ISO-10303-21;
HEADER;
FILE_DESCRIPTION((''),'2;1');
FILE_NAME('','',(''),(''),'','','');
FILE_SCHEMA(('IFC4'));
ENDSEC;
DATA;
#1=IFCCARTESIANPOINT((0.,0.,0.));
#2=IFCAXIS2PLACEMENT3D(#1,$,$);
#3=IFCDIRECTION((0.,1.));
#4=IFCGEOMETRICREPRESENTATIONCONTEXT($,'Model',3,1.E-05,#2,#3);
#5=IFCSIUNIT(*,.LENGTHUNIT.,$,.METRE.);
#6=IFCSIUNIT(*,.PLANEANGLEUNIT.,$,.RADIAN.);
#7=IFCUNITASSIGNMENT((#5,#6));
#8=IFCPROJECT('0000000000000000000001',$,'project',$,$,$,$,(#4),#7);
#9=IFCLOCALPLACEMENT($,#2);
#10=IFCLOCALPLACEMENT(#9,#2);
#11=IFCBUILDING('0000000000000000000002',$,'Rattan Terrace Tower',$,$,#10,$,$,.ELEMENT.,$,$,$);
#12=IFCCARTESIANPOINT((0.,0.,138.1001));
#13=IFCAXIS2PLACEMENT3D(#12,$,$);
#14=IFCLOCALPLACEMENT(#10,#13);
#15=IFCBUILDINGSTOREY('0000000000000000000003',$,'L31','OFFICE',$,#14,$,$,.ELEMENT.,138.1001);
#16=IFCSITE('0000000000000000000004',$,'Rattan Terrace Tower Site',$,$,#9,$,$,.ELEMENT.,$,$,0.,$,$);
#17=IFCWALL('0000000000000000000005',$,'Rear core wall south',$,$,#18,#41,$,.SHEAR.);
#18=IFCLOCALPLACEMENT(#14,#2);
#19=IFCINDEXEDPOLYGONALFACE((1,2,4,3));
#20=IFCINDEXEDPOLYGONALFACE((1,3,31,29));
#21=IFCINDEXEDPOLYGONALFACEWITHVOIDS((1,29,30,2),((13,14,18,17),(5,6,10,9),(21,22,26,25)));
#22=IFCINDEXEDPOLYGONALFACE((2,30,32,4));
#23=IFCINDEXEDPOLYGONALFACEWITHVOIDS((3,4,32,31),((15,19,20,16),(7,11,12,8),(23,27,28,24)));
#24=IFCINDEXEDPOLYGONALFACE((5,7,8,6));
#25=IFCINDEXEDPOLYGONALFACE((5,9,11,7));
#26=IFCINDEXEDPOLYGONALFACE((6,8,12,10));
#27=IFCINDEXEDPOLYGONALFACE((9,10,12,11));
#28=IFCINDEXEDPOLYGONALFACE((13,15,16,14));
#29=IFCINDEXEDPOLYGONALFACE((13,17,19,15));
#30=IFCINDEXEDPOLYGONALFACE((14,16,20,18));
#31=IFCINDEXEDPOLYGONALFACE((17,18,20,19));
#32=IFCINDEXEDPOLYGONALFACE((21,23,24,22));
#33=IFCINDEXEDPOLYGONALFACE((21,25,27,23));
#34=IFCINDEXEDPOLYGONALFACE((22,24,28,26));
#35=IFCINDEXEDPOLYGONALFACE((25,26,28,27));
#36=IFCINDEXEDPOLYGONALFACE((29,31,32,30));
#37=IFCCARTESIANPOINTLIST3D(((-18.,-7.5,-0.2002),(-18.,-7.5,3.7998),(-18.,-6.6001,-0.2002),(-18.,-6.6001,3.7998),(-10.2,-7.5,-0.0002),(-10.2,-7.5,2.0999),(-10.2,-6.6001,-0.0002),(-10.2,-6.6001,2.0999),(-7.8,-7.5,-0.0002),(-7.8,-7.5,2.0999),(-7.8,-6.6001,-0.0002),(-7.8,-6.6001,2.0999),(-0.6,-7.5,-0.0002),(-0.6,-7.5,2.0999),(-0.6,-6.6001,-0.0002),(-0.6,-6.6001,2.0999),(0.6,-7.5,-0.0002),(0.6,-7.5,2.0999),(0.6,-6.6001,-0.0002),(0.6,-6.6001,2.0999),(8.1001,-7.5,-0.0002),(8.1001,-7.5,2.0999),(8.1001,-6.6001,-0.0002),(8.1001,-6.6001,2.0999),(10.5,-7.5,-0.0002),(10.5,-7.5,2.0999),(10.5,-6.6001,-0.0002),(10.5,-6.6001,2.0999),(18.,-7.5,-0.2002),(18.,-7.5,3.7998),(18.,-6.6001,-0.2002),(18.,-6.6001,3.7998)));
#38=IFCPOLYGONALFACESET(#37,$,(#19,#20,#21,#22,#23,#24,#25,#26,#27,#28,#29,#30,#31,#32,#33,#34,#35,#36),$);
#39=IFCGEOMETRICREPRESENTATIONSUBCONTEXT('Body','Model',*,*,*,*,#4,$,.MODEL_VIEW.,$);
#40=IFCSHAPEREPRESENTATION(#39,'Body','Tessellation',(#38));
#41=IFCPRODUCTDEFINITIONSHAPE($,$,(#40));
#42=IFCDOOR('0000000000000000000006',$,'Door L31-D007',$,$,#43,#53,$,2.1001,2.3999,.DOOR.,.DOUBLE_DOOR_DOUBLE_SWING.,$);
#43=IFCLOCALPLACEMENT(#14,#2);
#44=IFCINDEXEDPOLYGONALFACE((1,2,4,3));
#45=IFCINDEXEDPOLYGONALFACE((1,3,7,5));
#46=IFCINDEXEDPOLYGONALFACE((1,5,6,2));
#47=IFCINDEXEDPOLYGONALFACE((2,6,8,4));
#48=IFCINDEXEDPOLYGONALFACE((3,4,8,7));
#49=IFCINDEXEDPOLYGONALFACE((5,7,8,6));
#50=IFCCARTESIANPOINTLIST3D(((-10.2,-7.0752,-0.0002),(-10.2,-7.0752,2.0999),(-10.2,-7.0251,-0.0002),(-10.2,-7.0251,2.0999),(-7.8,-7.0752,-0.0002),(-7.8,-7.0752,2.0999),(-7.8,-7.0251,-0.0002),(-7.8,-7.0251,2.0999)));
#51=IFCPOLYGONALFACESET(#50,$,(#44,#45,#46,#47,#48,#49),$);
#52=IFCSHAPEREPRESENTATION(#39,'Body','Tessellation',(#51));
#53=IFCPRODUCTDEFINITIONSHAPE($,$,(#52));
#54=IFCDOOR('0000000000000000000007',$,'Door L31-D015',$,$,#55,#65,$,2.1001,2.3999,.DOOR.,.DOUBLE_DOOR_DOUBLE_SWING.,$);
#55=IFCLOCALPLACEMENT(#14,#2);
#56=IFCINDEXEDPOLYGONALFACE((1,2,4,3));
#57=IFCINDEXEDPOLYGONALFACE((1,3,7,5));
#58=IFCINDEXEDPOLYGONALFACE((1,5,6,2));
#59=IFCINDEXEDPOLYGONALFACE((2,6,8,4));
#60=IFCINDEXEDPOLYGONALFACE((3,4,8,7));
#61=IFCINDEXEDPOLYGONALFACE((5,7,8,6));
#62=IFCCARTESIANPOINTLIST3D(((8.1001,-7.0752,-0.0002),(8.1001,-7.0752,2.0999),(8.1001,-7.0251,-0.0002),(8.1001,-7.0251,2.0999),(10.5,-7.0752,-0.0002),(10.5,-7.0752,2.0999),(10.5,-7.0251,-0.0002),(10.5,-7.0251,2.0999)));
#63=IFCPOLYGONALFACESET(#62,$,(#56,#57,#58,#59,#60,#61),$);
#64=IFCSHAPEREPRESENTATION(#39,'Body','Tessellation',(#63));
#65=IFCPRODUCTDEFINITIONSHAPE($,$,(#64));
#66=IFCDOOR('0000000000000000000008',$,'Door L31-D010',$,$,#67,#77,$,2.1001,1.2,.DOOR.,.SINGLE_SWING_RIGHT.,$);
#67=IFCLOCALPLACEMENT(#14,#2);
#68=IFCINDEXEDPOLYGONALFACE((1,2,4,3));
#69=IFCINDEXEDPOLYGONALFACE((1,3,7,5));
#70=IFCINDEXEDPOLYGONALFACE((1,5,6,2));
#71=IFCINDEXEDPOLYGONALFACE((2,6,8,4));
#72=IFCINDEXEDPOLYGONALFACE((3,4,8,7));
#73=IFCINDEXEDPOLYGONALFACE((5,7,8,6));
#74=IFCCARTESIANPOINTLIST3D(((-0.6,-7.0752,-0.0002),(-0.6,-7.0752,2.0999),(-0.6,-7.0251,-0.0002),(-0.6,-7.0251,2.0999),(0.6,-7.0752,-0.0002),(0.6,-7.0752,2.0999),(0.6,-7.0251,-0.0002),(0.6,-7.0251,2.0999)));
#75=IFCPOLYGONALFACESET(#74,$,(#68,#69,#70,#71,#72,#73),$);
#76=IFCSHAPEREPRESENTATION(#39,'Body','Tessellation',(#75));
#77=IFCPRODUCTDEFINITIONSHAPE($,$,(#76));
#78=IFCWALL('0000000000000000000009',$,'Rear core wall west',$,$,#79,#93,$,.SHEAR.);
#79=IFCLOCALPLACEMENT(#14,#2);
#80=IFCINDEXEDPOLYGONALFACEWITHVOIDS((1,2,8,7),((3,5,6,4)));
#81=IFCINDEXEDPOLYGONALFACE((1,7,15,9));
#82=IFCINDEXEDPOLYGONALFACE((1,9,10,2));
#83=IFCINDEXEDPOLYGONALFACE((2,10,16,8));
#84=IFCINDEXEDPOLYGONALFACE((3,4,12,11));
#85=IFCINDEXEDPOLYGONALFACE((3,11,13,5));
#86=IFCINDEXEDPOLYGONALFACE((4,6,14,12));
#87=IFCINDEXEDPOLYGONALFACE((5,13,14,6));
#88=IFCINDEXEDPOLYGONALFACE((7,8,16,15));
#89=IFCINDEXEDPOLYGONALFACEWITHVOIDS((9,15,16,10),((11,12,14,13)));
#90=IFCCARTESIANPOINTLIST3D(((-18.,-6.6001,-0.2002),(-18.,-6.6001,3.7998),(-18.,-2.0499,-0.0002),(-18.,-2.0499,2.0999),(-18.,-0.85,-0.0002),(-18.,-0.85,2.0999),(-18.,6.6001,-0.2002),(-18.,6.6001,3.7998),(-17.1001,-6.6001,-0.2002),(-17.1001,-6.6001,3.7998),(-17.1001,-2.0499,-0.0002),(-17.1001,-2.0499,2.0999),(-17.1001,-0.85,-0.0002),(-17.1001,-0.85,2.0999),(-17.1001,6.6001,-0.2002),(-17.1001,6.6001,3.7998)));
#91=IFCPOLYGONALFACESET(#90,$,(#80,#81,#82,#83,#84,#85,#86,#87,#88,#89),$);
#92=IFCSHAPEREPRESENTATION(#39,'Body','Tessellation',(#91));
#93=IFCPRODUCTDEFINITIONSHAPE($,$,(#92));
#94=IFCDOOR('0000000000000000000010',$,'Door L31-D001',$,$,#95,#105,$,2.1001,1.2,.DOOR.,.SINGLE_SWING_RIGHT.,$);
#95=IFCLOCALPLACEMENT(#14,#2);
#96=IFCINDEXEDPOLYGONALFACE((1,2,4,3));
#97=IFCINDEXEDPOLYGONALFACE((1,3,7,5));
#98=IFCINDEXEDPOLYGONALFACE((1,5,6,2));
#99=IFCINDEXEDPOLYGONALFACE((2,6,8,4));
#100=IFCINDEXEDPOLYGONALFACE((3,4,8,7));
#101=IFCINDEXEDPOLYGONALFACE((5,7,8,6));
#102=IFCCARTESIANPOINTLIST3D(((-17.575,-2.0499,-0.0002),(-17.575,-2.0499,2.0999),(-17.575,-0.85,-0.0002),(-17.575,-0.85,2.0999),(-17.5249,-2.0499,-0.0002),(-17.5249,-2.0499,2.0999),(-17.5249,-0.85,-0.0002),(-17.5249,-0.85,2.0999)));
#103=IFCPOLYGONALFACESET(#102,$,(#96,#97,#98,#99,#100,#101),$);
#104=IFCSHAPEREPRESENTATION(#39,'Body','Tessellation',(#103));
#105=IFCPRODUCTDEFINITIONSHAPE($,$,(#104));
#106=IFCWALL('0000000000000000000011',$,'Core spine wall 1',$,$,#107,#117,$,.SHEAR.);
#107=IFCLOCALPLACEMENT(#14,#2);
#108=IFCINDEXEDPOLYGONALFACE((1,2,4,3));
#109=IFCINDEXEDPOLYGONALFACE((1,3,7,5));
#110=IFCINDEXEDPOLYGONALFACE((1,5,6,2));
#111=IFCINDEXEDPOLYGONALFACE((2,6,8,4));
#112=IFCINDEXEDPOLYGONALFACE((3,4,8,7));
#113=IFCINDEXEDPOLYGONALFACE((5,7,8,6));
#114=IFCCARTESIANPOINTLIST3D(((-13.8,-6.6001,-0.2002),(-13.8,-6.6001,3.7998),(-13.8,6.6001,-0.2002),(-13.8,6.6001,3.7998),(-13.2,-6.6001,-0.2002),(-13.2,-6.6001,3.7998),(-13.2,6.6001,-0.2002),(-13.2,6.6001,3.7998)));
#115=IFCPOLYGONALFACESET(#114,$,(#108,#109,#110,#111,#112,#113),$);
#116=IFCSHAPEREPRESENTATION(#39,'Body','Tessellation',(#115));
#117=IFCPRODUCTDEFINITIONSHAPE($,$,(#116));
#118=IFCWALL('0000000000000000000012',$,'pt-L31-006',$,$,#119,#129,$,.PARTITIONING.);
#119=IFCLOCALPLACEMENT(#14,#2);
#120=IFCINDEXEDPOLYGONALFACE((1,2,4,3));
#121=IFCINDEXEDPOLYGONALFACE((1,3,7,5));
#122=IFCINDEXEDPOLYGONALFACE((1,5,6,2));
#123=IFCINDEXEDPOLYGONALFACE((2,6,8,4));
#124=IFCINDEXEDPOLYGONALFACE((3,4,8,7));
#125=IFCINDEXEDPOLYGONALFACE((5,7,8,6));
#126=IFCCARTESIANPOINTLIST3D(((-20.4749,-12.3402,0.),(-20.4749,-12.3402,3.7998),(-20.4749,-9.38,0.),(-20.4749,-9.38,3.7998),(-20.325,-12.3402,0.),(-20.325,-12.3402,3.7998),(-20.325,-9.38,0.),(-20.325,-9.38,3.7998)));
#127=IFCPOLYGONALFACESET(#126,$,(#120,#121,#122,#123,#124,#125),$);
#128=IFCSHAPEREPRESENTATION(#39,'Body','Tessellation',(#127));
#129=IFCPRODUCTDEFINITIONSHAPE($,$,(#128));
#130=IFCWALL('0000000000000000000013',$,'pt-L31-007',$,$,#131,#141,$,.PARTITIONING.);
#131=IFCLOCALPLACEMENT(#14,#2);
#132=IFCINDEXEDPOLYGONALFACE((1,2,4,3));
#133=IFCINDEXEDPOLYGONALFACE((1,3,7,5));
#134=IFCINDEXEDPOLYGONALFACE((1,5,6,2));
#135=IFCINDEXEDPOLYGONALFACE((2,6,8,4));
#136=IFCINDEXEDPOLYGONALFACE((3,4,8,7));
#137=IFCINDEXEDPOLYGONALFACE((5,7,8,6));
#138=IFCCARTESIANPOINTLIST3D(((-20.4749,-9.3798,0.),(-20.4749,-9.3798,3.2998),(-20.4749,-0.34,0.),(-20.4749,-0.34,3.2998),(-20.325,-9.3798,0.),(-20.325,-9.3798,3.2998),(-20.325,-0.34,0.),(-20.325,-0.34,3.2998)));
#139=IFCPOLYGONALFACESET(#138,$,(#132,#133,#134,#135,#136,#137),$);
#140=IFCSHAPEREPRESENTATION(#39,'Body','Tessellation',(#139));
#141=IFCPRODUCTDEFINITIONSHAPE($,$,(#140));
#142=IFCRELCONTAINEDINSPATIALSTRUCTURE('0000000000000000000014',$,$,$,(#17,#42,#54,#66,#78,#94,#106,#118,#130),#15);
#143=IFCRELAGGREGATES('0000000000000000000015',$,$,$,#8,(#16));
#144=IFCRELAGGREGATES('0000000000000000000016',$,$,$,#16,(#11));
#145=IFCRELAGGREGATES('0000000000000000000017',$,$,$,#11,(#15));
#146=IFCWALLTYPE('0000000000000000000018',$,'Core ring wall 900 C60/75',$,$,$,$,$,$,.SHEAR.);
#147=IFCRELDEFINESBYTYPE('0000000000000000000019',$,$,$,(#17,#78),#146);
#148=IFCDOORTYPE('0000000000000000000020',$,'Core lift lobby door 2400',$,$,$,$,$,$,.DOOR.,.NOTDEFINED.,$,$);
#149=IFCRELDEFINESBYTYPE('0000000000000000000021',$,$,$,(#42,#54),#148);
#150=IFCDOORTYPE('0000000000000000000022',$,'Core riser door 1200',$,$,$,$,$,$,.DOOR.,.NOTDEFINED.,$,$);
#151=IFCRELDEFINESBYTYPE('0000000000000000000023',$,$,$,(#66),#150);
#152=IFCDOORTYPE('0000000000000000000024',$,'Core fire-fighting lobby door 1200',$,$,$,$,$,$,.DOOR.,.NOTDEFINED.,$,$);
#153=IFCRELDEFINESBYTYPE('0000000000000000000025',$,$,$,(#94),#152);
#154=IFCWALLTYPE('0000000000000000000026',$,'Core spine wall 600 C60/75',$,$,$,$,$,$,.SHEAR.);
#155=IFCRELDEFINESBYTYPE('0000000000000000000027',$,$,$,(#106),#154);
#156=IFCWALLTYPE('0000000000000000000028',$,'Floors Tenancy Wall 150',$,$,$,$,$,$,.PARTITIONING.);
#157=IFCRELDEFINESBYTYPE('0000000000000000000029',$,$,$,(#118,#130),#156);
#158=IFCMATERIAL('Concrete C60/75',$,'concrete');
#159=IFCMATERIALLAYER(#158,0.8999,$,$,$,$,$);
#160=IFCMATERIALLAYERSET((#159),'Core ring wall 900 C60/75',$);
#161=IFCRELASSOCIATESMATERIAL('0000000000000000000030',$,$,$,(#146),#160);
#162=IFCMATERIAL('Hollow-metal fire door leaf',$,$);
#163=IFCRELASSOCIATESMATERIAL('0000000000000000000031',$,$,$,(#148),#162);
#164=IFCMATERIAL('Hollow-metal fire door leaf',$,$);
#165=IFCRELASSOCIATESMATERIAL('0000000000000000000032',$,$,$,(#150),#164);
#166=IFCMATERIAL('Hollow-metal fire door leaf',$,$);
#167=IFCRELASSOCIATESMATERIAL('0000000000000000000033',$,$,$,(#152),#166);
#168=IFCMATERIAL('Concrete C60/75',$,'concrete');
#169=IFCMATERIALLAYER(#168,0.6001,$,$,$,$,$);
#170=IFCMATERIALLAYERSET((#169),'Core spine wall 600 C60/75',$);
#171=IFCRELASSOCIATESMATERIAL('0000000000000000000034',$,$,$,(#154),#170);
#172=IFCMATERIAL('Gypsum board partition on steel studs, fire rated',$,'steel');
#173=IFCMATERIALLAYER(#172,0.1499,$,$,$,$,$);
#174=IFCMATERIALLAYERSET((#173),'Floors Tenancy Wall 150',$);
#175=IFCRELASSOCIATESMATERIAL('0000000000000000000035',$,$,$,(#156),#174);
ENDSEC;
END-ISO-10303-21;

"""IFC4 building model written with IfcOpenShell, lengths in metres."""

from ifc_helpers import new_model, si_unit, direction, frame, frame_2d, origin, place, context, subcontext, project, spatial, rectangle, extrude, material, layer, layer_set, type_object, element, fill, save


model = new_model("IFC4")

# Units and contexts
model_context = context("Model", 3, precision=1e-05, world=origin(), true_north=direction((0.0, 1.0)))
body_context = subcontext(model_context, "Body", "Model", "MODEL_VIEW")
ifc_project = project(units=[si_unit("LENGTHUNIT", "METRE"), si_unit("PLANEANGLEUNIT", "RADIAN")], contexts=[model_context])

# Site, building, storey
site_placement = place(None, origin())
site = spatial("IfcSite", under=ifc_project, at=site_placement, Name="Rattan Terrace Tower Site", CompositionType="ELEMENT", RefElevation=0.0)
building_placement = place(site_placement, origin())
building = spatial("IfcBuilding", under=site, at=building_placement, Name="Rattan Terrace Tower", CompositionType="ELEMENT")
storey_placement = place(building_placement, frame((0.0, 0.0, 138.1001)))
storey = spatial("IfcBuildingStorey", under=building, at=storey_placement, Name="L31", Description="OFFICE", CompositionType="ELEMENT", Elevation=138.1001)

# Wall, openings, doors
ifc_material_1 = material(Name="Concrete C60/75", Category="concrete")
ifc_layer_1 = layer(ifc_material_1, 0.8999)
ifc_layer_set_1 = layer_set([ifc_layer_1], Name="Core ring wall 900 C60/75")
wall_type_1 = type_object("IfcWallType", Name="Core ring wall 900 C60/75", PredefinedType="SHEAR", material=ifc_layer_set_1)
wall_1_placement = place(storey_placement, frame((-18.0, -7.05, -0.2002), z_axis=(0.0, 0.0, 1.0), x_axis=(1.0, 0.0, 0.0)))
wall_1 = element("IfcWall", 1, at=wall_1_placement, inside=storey, type_object=wall_type_1, Name="Rear core wall south", PredefinedType="SHEAR", context=body_context, shape_type="SweptSolid", body=[
    extrude(rectangle(XDim=36.0, YDim=0.8999, at=frame_2d((18.0, 0.0))), origin(), (0.0, 0.0, 1.0), 4.0),
])
opening_1_placement = place(wall_1_placement, frame((7.8, 0.0, 0.2)))
opening_1 = element("IfcOpeningElement", 2, at=opening_1_placement, cuts=wall_1, PredefinedType="OPENING", context=body_context, shape_type="SweptSolid", body=[
    extrude(rectangle(XDim=2.3999, YDim=2.1001, at=frame_2d((1.2, 1.05))), frame((0.0, 0.4604, 0.0), z_axis=(0.0, -1.0, 0.0), x_axis=(1.0, 0.0, 0.0)), (0.0, 0.0, 1.0), 0.9209),
])
opening_2_placement = place(wall_1_placement, frame((17.3999, 0.0, 0.2)))
opening_2 = element("IfcOpeningElement", 3, at=opening_2_placement, cuts=wall_1, PredefinedType="OPENING", context=body_context, shape_type="SweptSolid", body=[
    extrude(rectangle(XDim=1.2, YDim=2.1001, at=frame_2d((0.6001, 1.05))), frame((0.0, 0.4604, 0.0), z_axis=(0.0, -1.0, 0.0), x_axis=(1.0, 0.0, 0.0)), (0.0, 0.0, 1.0), 0.9209),
])
opening_3_placement = place(wall_1_placement, frame((26.1001, 0.0, 0.2)))
opening_3 = element("IfcOpeningElement", 4, at=opening_3_placement, cuts=wall_1, PredefinedType="OPENING", context=body_context, shape_type="SweptSolid", body=[
    extrude(rectangle(XDim=2.3999, YDim=2.1001, at=frame_2d((1.2, 1.05))), frame((0.0, 0.4604, 0.0), z_axis=(0.0, -1.0, 0.0), x_axis=(1.0, 0.0, 0.0)), (0.0, 0.0, 1.0), 0.9209),
])
ifc_material_2 = material(Name="Hollow-metal fire door leaf")
door_type_1 = type_object("IfcDoorType", Name="Core lift lobby door 2400", OperationType="NOTDEFINED", PredefinedType="DOOR", material=ifc_material_2)
door_1_placement = place(opening_1_placement, origin())
door_1 = element("IfcDoor", 5, at=door_1_placement, inside=storey, type_object=door_type_1, Name="Door L31-D007", OperationType="DOUBLE_DOOR_DOUBLE_SWING", OverallHeight=2.1001, OverallWidth=2.3999, PredefinedType="DOOR", context=body_context, shape_type="SweptSolid", body=[
    extrude(rectangle(XDim=2.3999, YDim=2.1001, at=frame_2d((1.2, 1.05))), frame((0.0, 0.0249, 0.0), z_axis=(0.0, -1.0, 0.0), x_axis=(1.0, 0.0, 0.0)), (0.0, 0.0, 1.0), 0.05),
])
fill(opening_1, door_1)
door_2_placement = place(opening_3_placement, origin())
door_2 = element("IfcDoor", 6, at=door_2_placement, inside=storey, type_object=door_type_1, Name="Door L31-D015", OperationType="DOUBLE_DOOR_DOUBLE_SWING", OverallHeight=2.1001, OverallWidth=2.3999, PredefinedType="DOOR", context=body_context, shape_type="SweptSolid", body=[
    extrude(rectangle(XDim=2.3999, YDim=2.1001, at=frame_2d((1.2, 1.05))), frame((0.0, 0.0249, 0.0), z_axis=(0.0, -1.0, 0.0), x_axis=(1.0, 0.0, 0.0)), (0.0, 0.0, 1.0), 0.05),
])
fill(opening_3, door_2)
ifc_material_3 = material(Name="Hollow-metal fire door leaf")
door_type_2 = type_object("IfcDoorType", Name="Core riser door 1200", OperationType="NOTDEFINED", PredefinedType="DOOR", material=ifc_material_3)
door_3_placement = place(opening_2_placement, origin())
door_3 = element("IfcDoor", 7, at=door_3_placement, inside=storey, type_object=door_type_2, Name="Door L31-D010", OperationType="SINGLE_SWING_RIGHT", OverallHeight=2.1001, OverallWidth=1.2, PredefinedType="DOOR", context=body_context, shape_type="SweptSolid", body=[
    extrude(rectangle(XDim=1.2, YDim=2.1001, at=frame_2d((0.6001, 1.05))), frame((0.0, 0.0249, 0.0), z_axis=(0.0, -1.0, 0.0), x_axis=(1.0, 0.0, 0.0)), (0.0, 0.0, 1.0), 0.05),
])
fill(opening_2, door_3)

# Wall, opening, door
wall_2_placement = place(storey_placement, frame((-17.55, -6.6001, -0.2002), z_axis=(0.0, 0.0, 1.0), x_axis=(0.0, 1.0, 0.0)))
wall_2 = element("IfcWall", 8, at=wall_2_placement, inside=storey, type_object=wall_type_1, Name="Rear core wall west", PredefinedType="SHEAR", context=body_context, shape_type="SweptSolid", body=[
    extrude(rectangle(XDim=13.2002, YDim=0.8999, at=frame_2d((6.6001, 0.0))), origin(), (0.0, 0.0, 1.0), 4.0),
])
opening_4_placement = place(wall_2_placement, frame((4.55, 0.0, 0.2)))
opening_4 = element("IfcOpeningElement", 9, at=opening_4_placement, cuts=wall_2, PredefinedType="OPENING", context=body_context, shape_type="SweptSolid", body=[
    extrude(rectangle(XDim=1.2, YDim=2.1001, at=frame_2d((0.6001, 1.05))), frame((0.0, 0.4604, 0.0), z_axis=(0.0, -1.0, 0.0), x_axis=(1.0, 0.0, 0.0)), (0.0, 0.0, 1.0), 0.9209),
])
ifc_material_4 = material(Name="Hollow-metal fire door leaf")
door_type_3 = type_object("IfcDoorType", Name="Core fire-fighting lobby door 1200", OperationType="NOTDEFINED", PredefinedType="DOOR", material=ifc_material_4)
door_4_placement = place(opening_4_placement, origin())
door_4 = element("IfcDoor", 10, at=door_4_placement, inside=storey, type_object=door_type_3, Name="Door L31-D001", OperationType="SINGLE_SWING_RIGHT", OverallHeight=2.1001, OverallWidth=1.2, PredefinedType="DOOR", context=body_context, shape_type="SweptSolid", body=[
    extrude(rectangle(XDim=1.2, YDim=2.1001, at=frame_2d((0.6001, 1.05))), frame((0.0, 0.0249, 0.0), z_axis=(0.0, -1.0, 0.0), x_axis=(1.0, 0.0, 0.0)), (0.0, 0.0, 1.0), 0.05),
])
fill(opening_4, door_4)

# Walls
ifc_material_5 = material(Name="Concrete C60/75", Category="concrete")
ifc_layer_2 = layer(ifc_material_5, 0.6001)
ifc_layer_set_2 = layer_set([ifc_layer_2], Name="Core spine wall 600 C60/75")
wall_type_2 = type_object("IfcWallType", Name="Core spine wall 600 C60/75", PredefinedType="SHEAR", material=ifc_layer_set_2)
wall_3_placement = place(storey_placement, frame((-13.5, -6.6001, -0.2002), z_axis=(0.0, 0.0, 1.0), x_axis=(0.0, 1.0, 0.0)))
element("IfcWall", 11, at=wall_3_placement, inside=storey, type_object=wall_type_2, Name="Core spine wall 1", PredefinedType="SHEAR", context=body_context, shape_type="SweptSolid", body=[
    extrude(rectangle(XDim=13.2002, YDim=0.6001, at=frame_2d((6.6001, 0.0))), origin(), (0.0, 0.0, 1.0), 4.0),
])
ifc_material_6 = material(Name="Gypsum board partition on steel studs, fire rated", Category="steel")
ifc_layer_3 = layer(ifc_material_6, 0.1499)
ifc_layer_set_3 = layer_set([ifc_layer_3], Name="Floors Tenancy Wall 150")
wall_type_3 = type_object("IfcWallType", Name="Floors Tenancy Wall 150", PredefinedType="PARTITIONING", material=ifc_layer_set_3)
wall_4_placement = place(storey_placement, frame((-20.3999, -12.3401, 0.0), z_axis=(0.0, 0.0, 1.0), x_axis=(0.0, 1.0, 0.0)))
element("IfcWall", 12, at=wall_4_placement, inside=storey, type_object=wall_type_3, Name="pt-L31-006", PredefinedType="PARTITIONING", context=body_context, shape_type="SweptSolid", body=[
    extrude(rectangle(XDim=2.9602, YDim=0.1499, at=frame_2d((1.48, 0.0))), origin(), (0.0, 0.0, 1.0), 3.7998),
])
wall_5_placement = place(storey_placement, frame((-20.3999, -9.3799, 0.0), z_axis=(0.0, 0.0, 1.0), x_axis=(0.0, 1.0, 0.0)))
element("IfcWall", 13, at=wall_5_placement, inside=storey, type_object=wall_type_3, Name="pt-L31-007", PredefinedType="PARTITIONING", context=body_context, shape_type="SweptSolid", body=[
    extrude(rectangle(XDim=9.0398, YDim=0.1499, at=frame_2d((4.52, 0.0))), origin(), (0.0, 0.0, 1.0), 3.2998),
])

save(model, "model.ifc")
